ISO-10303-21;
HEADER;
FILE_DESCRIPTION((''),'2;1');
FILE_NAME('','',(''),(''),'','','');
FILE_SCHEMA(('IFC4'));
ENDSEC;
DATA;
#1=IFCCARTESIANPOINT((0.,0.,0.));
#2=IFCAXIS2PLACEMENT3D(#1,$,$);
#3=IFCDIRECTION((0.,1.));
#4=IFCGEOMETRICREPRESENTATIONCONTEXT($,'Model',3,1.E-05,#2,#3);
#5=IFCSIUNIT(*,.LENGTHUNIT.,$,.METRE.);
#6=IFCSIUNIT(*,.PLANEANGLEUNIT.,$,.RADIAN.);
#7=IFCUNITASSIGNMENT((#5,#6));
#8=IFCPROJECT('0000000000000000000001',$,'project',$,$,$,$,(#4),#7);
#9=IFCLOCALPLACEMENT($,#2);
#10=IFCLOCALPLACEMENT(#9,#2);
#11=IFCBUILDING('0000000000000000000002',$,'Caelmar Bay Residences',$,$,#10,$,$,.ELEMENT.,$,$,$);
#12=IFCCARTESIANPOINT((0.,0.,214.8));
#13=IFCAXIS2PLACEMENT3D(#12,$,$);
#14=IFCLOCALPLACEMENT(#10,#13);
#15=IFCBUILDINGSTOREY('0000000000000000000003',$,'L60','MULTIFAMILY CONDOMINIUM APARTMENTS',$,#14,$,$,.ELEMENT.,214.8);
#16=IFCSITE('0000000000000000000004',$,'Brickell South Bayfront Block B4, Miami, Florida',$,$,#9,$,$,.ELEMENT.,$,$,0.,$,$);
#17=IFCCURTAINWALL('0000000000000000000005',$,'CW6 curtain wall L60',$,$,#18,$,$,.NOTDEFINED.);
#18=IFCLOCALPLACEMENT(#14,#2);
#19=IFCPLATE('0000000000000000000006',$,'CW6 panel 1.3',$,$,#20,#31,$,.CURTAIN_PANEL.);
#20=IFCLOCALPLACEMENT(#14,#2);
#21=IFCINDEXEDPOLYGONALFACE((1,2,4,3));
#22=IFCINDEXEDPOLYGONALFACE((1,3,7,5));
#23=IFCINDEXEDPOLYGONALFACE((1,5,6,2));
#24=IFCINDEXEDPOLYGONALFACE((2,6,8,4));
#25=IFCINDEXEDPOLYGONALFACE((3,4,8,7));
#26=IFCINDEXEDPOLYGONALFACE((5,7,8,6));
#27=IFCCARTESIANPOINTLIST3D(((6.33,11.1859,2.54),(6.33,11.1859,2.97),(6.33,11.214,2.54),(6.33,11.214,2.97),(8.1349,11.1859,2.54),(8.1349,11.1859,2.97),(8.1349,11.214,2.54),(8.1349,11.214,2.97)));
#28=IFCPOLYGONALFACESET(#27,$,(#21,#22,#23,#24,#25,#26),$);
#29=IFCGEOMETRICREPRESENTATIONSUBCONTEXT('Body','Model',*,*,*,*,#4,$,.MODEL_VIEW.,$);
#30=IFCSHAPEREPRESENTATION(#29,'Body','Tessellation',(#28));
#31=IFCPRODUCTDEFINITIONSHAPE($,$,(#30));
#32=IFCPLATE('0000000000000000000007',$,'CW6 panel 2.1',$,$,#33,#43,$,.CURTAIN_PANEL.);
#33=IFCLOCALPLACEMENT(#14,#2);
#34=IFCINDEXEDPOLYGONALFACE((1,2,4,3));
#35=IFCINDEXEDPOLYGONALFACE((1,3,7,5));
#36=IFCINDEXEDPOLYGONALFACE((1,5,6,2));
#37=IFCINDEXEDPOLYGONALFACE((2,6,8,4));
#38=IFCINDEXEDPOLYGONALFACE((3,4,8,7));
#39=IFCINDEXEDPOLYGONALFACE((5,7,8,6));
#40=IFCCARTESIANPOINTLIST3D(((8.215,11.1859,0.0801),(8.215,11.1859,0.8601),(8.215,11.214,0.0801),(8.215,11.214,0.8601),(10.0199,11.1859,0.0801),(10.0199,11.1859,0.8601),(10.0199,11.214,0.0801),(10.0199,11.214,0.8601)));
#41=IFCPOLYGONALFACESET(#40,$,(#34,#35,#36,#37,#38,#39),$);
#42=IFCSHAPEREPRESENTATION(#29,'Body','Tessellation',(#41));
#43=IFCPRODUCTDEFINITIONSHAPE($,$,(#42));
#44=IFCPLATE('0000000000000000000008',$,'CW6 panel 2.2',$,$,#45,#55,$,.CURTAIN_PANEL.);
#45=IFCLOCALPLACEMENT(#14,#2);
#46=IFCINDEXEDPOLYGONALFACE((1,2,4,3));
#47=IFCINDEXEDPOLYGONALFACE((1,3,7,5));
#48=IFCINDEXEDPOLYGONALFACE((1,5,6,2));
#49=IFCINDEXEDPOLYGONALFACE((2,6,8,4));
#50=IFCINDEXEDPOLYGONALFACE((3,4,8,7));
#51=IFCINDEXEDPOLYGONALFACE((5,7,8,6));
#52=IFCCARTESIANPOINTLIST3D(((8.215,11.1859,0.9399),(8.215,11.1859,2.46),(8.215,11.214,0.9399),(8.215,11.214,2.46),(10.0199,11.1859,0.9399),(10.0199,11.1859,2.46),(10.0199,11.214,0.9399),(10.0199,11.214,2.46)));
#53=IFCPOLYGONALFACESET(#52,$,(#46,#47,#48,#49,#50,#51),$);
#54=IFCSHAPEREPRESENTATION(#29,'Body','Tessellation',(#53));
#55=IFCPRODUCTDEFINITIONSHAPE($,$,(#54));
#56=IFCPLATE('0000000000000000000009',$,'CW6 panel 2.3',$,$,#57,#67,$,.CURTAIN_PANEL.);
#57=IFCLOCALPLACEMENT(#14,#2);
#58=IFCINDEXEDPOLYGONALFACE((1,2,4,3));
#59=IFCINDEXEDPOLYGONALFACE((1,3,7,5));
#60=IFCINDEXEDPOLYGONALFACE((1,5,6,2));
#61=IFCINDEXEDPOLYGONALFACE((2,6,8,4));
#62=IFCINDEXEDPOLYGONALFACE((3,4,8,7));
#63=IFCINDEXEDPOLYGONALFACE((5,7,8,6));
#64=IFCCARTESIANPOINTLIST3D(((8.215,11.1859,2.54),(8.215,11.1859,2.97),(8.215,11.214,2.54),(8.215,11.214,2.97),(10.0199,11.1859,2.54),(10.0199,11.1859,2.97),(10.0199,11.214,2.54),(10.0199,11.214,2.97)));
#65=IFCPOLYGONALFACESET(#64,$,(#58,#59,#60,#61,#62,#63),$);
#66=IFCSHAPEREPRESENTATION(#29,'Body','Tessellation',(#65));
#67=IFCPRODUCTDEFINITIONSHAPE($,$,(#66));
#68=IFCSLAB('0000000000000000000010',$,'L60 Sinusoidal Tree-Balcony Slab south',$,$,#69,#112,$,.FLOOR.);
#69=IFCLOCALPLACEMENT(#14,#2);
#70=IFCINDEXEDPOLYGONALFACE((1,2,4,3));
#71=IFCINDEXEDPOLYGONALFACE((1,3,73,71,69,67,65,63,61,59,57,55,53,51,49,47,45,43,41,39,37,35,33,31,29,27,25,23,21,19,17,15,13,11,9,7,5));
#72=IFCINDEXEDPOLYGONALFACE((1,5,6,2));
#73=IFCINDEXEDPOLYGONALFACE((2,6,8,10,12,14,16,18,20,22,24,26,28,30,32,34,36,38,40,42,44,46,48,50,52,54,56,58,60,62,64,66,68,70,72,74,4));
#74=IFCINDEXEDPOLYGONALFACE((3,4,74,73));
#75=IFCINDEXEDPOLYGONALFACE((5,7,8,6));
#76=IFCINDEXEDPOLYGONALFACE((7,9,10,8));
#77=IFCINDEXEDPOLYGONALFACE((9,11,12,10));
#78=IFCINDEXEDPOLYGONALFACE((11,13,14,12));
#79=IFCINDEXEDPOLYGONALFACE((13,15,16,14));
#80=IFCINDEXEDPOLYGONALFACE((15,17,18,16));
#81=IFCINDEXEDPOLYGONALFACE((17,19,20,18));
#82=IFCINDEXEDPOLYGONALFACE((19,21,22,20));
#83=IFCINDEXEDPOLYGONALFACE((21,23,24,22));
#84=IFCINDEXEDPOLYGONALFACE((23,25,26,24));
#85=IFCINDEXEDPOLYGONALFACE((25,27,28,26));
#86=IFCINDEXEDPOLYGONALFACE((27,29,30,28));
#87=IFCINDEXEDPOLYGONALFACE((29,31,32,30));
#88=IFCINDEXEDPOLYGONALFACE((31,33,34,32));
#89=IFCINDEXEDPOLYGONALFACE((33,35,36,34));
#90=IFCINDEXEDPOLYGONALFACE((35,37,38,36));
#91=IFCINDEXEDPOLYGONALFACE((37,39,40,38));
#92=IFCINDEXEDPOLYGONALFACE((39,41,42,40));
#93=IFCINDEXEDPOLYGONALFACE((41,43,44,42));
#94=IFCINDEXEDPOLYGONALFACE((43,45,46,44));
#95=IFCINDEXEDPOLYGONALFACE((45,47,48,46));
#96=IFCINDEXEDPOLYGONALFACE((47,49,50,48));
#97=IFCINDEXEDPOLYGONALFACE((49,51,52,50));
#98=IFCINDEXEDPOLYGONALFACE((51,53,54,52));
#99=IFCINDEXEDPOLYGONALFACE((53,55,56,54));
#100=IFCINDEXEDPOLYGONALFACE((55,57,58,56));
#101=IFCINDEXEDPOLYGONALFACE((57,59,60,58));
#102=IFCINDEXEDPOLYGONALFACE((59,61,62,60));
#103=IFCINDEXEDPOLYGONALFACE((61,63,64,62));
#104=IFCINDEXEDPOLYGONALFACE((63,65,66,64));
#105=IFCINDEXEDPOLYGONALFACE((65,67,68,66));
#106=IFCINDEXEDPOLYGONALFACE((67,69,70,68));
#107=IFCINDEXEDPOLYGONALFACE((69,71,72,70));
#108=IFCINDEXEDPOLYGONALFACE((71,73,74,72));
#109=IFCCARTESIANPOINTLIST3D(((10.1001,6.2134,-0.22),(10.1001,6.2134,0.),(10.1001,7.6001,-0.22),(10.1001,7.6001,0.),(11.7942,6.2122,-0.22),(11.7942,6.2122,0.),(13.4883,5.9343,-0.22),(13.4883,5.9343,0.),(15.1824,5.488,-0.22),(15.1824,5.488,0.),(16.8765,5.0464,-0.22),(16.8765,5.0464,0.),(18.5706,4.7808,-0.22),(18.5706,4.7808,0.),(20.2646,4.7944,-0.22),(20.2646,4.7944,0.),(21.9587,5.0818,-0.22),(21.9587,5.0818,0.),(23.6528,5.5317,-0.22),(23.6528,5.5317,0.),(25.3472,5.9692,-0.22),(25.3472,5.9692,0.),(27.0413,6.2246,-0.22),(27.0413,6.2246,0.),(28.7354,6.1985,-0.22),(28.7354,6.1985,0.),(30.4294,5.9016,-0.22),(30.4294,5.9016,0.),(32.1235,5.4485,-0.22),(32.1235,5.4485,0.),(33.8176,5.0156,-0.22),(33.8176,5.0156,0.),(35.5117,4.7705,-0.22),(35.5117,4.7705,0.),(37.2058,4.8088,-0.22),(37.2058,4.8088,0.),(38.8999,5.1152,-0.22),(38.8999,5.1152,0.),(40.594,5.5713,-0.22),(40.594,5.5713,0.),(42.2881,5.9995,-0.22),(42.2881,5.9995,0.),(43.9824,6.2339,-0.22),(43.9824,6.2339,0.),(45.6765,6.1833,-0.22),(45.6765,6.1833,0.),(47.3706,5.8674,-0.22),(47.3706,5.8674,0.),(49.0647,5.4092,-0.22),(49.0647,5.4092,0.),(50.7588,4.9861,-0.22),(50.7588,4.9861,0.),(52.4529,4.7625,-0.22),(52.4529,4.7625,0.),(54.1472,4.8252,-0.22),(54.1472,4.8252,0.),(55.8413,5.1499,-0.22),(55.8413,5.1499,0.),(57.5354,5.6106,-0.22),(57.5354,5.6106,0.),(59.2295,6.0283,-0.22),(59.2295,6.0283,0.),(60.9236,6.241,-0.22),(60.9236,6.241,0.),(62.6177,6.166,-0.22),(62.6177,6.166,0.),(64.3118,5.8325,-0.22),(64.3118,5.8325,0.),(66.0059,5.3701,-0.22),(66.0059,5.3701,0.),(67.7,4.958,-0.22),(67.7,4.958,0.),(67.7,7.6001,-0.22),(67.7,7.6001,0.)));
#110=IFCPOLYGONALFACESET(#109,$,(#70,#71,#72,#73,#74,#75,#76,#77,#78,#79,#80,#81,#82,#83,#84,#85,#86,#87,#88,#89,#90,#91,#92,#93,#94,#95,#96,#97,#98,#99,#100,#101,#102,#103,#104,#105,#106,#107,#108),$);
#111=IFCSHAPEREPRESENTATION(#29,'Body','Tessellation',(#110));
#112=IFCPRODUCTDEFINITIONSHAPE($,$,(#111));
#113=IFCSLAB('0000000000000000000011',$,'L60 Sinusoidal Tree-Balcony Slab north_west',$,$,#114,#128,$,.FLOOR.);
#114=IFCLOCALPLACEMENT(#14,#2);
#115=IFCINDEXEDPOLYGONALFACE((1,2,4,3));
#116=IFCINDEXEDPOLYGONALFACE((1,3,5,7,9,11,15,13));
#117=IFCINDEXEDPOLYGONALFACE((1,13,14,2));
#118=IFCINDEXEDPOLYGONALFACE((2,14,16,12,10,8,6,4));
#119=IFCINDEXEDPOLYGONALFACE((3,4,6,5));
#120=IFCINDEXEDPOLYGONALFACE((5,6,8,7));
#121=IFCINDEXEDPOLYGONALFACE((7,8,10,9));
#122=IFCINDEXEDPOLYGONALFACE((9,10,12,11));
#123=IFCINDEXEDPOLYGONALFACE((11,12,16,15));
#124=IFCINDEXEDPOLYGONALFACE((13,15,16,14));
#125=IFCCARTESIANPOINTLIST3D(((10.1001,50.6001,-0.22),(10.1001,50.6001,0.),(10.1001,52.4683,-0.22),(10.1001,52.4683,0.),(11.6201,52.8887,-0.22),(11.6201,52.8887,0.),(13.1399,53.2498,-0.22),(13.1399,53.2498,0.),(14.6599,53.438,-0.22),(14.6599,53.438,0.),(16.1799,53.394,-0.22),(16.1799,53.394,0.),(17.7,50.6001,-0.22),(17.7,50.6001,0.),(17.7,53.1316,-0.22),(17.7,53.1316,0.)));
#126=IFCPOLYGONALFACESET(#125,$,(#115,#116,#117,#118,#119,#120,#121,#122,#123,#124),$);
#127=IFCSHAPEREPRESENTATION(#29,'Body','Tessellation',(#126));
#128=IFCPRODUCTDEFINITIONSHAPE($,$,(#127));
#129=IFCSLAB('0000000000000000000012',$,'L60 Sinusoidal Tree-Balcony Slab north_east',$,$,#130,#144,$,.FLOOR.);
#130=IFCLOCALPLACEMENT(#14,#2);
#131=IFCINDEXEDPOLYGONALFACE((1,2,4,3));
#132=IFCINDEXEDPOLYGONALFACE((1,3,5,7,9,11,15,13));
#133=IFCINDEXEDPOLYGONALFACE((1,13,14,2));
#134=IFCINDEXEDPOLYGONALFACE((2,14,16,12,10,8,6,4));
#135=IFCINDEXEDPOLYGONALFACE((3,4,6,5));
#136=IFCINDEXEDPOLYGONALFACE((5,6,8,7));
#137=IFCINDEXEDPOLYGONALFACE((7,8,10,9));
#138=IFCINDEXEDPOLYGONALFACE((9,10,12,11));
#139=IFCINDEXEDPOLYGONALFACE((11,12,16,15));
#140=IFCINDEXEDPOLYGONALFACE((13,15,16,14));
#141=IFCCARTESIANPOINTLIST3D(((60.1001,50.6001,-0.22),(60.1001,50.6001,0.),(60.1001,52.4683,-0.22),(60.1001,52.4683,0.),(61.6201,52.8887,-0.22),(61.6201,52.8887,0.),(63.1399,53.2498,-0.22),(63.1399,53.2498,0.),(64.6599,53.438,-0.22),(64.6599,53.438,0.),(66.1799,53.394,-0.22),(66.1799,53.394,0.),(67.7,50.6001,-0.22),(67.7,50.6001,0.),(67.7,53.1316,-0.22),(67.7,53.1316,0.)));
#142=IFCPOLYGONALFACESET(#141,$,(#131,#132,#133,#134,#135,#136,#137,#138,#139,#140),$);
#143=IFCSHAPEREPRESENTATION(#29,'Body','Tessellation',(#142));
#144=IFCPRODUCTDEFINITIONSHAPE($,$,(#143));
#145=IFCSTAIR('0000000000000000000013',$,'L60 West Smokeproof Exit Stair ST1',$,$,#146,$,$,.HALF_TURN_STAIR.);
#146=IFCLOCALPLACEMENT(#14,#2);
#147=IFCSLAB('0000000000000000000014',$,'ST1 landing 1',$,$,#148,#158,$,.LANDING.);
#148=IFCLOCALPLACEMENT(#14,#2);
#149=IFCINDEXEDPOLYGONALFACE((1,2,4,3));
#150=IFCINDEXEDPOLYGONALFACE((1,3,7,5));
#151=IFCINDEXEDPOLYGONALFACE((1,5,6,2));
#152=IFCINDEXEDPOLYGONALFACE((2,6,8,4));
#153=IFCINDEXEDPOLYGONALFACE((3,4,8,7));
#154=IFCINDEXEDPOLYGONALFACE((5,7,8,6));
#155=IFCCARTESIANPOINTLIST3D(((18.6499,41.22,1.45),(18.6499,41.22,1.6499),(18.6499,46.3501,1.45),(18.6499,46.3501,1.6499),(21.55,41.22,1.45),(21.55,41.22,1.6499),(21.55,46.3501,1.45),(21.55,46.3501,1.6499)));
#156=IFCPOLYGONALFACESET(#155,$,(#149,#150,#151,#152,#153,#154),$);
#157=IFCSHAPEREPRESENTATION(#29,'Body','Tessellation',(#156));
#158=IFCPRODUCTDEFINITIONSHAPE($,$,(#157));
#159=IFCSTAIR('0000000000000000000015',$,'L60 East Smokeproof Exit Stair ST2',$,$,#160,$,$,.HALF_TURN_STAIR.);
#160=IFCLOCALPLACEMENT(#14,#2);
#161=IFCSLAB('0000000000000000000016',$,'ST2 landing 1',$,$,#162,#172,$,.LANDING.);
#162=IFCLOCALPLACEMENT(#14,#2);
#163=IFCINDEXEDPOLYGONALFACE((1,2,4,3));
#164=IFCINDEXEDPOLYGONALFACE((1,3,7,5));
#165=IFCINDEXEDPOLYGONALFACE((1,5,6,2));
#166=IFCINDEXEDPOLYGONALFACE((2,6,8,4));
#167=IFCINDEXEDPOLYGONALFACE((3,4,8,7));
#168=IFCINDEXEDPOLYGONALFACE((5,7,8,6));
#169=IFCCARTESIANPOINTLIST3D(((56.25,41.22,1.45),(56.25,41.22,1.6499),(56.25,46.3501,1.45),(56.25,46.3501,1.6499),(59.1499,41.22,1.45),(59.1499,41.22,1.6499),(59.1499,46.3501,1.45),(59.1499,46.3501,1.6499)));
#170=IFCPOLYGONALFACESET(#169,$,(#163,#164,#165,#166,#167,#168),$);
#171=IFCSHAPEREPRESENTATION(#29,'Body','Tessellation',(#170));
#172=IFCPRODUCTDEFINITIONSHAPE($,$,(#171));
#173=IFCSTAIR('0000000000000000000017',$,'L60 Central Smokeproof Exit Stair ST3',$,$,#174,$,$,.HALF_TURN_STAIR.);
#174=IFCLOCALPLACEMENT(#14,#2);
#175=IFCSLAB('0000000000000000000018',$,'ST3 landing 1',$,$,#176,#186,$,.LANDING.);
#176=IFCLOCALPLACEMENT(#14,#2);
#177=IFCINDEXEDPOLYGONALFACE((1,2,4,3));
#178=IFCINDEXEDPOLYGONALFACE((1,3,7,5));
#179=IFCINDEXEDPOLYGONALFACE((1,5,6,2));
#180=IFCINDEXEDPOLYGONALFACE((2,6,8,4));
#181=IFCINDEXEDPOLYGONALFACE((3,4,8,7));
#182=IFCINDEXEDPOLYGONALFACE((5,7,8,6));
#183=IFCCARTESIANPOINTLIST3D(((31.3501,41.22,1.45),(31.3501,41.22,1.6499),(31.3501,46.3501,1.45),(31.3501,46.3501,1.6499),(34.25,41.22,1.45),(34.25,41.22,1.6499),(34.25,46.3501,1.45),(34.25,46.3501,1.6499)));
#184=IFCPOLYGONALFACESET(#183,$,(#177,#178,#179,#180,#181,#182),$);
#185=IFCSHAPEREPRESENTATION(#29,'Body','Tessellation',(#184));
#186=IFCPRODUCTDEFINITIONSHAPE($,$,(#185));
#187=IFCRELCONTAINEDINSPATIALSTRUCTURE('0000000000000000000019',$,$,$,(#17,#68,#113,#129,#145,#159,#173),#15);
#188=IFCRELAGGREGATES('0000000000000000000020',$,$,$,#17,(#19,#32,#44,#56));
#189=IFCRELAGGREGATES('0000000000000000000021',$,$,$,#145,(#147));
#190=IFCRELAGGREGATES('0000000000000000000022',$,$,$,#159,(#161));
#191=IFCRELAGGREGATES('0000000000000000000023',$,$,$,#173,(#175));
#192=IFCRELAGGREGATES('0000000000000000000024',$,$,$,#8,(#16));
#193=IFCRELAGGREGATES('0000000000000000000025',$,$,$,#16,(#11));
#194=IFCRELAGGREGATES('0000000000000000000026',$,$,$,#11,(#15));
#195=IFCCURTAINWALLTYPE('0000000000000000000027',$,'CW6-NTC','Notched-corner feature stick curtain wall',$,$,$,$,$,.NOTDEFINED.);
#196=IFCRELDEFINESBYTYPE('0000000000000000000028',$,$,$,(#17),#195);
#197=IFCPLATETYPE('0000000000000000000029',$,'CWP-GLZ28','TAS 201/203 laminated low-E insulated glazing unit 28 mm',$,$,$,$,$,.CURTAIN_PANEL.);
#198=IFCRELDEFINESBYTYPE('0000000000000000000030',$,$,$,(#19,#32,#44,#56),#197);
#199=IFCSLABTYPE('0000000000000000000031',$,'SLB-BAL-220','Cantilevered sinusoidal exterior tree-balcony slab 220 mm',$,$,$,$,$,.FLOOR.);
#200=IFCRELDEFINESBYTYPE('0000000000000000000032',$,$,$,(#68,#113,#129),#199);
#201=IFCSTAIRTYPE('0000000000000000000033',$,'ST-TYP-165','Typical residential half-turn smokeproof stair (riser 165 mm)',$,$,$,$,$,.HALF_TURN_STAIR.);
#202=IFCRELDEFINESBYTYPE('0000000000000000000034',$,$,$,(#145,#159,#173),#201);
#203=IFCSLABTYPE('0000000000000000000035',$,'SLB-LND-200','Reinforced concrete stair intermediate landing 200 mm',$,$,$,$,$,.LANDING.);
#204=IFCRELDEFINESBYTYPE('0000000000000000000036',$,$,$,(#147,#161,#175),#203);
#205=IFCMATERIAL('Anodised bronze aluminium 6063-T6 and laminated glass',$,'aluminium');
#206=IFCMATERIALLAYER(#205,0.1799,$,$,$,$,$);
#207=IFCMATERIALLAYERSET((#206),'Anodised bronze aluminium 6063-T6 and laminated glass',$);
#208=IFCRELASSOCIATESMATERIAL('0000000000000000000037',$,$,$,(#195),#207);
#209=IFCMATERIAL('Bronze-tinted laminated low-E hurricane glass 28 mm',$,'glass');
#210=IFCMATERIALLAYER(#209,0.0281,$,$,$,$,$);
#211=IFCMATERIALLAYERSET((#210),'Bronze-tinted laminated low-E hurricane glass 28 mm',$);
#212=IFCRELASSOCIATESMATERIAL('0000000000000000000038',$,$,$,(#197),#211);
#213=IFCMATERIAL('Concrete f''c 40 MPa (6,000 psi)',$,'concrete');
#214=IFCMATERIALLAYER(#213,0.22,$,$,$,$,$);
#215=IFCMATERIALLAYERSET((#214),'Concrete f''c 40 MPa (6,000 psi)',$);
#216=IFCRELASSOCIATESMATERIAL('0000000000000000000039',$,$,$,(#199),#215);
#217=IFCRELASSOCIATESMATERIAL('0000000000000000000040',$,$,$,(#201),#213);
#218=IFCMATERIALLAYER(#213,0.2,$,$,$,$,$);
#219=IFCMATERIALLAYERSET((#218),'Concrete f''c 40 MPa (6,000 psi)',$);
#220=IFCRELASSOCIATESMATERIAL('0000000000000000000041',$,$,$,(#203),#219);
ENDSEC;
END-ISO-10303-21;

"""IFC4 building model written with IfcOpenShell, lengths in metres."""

from ifc_helpers import new_model, si_unit, direction, frame, origin, origin_2d, place, context, subcontext, project, spatial, polyline, rectangle, outline, extrude, material, layer, layer_set, type_object, element, aggregate, save


model = new_model("IFC4")

# Units and contexts
model_context = context("Model", 3, precision=1e-05, world=origin(), true_north=direction((0.0, 1.0)))
body_context = subcontext(model_context, "Body", "Model", "MODEL_VIEW")
ifc_project = project(units=[si_unit("LENGTHUNIT", "METRE"), si_unit("PLANEANGLEUNIT", "RADIAN")], contexts=[model_context])

# Site, building, storey
site_placement = place(None, origin())
site = spatial("IfcSite", under=ifc_project, at=site_placement, Name="Brickell South Bayfront Block B4, Miami, Florida", CompositionType="ELEMENT", RefElevation=0.0)
building_placement = place(site_placement, origin())
building = spatial("IfcBuilding", under=site, at=building_placement, Name="Caelmar Bay Residences", CompositionType="ELEMENT")
storey_placement = place(building_placement, frame((0.0, 0.0, 214.8)))
storey = spatial("IfcBuildingStorey", under=building, at=storey_placement, Name="L60", Description="MULTIFAMILY CONDOMINIUM APARTMENTS", CompositionType="ELEMENT", Elevation=214.8)

# Curtain wall
ifc_material_1 = material(Name="Anodised bronze aluminium 6063-T6 and laminated glass", Category="aluminium")
ifc_layer_1 = layer(ifc_material_1, 0.1799)
ifc_layer_set_1 = layer_set([ifc_layer_1], Name="Anodised bronze aluminium 6063-T6 and laminated glass")
curtain_wall_type_1 = type_object("IfcCurtainWallType", Name="CW6-NTC", Description="Notched-corner feature stick curtain wall", PredefinedType="NOTDEFINED", material=ifc_layer_set_1)
curtain_wall_1_placement = place(storey_placement, origin())
curtain_wall_1 = element("IfcCurtainWall", 1, at=curtain_wall_1_placement, inside=storey, type_object=curtain_wall_type_1, Name="CW6 curtain wall L60", PredefinedType="NOTDEFINED")

# Plates
ifc_material_2 = material(Name="Bronze-tinted laminated low-E hurricane glass 28 mm", Category="glass")
ifc_layer_2 = layer(ifc_material_2, 0.0281)
ifc_layer_set_2 = layer_set([ifc_layer_2], Name="Bronze-tinted laminated low-E hurricane glass 28 mm")
plate_type = type_object("IfcPlateType", Name="CWP-GLZ28", Description="TAS 201/203 laminated low-E insulated glazing unit 28 mm", PredefinedType="CURTAIN_PANEL", material=ifc_layer_set_2)
plate_1_placement = place(storey_placement, frame((7.2324, 11.2, 2.54), z_axis=(0.0, 0.0, 1.0), x_axis=(1.0, 0.0, 0.0)))
plate_1 = element("IfcPlate", 2, at=plate_1_placement, type_object=plate_type, Name="CW6 panel 1.3", PredefinedType="CURTAIN_PANEL", context=body_context, shape_type="SweptSolid", body=[
    extrude(rectangle(XDim=1.8049, YDim=0.0281, at=origin_2d()), origin(), (0.0, 0.0, 1.0), 0.4299),
])
plate_2_placement = place(storey_placement, frame((9.1174, 11.2, 0.0801), z_axis=(0.0, 0.0, 1.0), x_axis=(1.0, 0.0, 0.0)))
plate_2 = element("IfcPlate", 3, at=plate_2_placement, type_object=plate_type, Name="CW6 panel 2.1", PredefinedType="CURTAIN_PANEL", context=body_context, shape_type="SweptSolid", body=[
    extrude(rectangle(XDim=1.8049, YDim=0.0281, at=origin_2d()), origin(), (0.0, 0.0, 1.0), 0.78),
])
plate_3_placement = place(storey_placement, frame((9.1174, 11.2, 0.9399), z_axis=(0.0, 0.0, 1.0), x_axis=(1.0, 0.0, 0.0)))
plate_3 = element("IfcPlate", 4, at=plate_3_placement, type_object=plate_type, Name="CW6 panel 2.2", PredefinedType="CURTAIN_PANEL", context=body_context, shape_type="SweptSolid", body=[
    extrude(rectangle(XDim=1.8049, YDim=0.0281, at=origin_2d()), origin(), (0.0, 0.0, 1.0), 1.52),
])
plate_4_placement = place(storey_placement, frame((9.1174, 11.2, 2.54), z_axis=(0.0, 0.0, 1.0), x_axis=(1.0, 0.0, 0.0)))
plate_4 = element("IfcPlate", 5, at=plate_4_placement, type_object=plate_type, Name="CW6 panel 2.3", PredefinedType="CURTAIN_PANEL", context=body_context, shape_type="SweptSolid", body=[
    extrude(rectangle(XDim=1.8049, YDim=0.0281, at=origin_2d()), origin(), (0.0, 0.0, 1.0), 0.4299),
])
aggregate(curtain_wall_1, [plate_1, plate_2, plate_3, plate_4])

# Slabs
ifc_material_3 = material(Name="Concrete f'c 40 MPa (6,000 psi)", Category="concrete")
ifc_layer_3 = layer(ifc_material_3, 0.22)
ifc_layer_set_3 = layer_set([ifc_layer_3], Name="Concrete f'c 40 MPa (6,000 psi)")
slab_type_1 = type_object("IfcSlabType", Name="SLB-BAL-220", Description="Cantilevered sinusoidal exterior tree-balcony slab 220 mm", PredefinedType="FLOOR", material=ifc_layer_set_3)
slab_1_placement = place(storey_placement, frame((0.0, 0.0, -0.22)))
element("IfcSlab", 6, at=slab_1_placement, inside=storey, type_object=slab_type_1, Name="L60 Sinusoidal Tree-Balcony Slab south", PredefinedType="FLOOR", context=body_context, shape_type="SweptSolid", body=[
    extrude(outline(polyline([(10.1001, 6.2134), (11.7942, 6.2122), (13.4883, 5.9343), (15.1824, 5.488), (16.8765, 5.0464), (18.5706, 4.7808), (20.2646, 4.7944), (21.9587, 5.0818), (23.6528, 5.5317), (25.3472, 5.9692), (27.0413, 6.2246), (28.7354, 6.1985), (30.4294, 5.9016), (32.1235, 5.4485), (33.8176, 5.0156), (35.5117, 4.7705), (37.2058, 4.8088), (38.8999, 5.1152), (40.594, 5.5713), (42.2881, 5.9995), (43.9824, 6.2339), (45.6765, 6.1833), (47.3706, 5.8674), (49.0647, 5.4092), (50.7588, 4.9861), (52.4529, 4.7625), (54.1472, 4.8252), (55.8413, 5.1499), (57.5354, 5.6106), (59.2295, 6.0283), (60.9236, 6.241), (62.6177, 6.166), (64.3118, 5.8325), (66.0059, 5.3701), (67.7, 4.958), (67.7, 7.6001), (10.1001, 7.6001), (10.1001, 6.2134)])), origin(), (0.0, 0.0, 1.0), 0.22),
])
slab_2_placement = place(storey_placement, frame((0.0, 0.0, -0.22)))
element("IfcSlab", 7, at=slab_2_placement, inside=storey, type_object=slab_type_1, Name="L60 Sinusoidal Tree-Balcony Slab north_west", PredefinedType="FLOOR", context=body_context, shape_type="SweptSolid", body=[
    extrude(outline(polyline([(10.1001, 50.6001), (17.7, 50.6001), (17.7, 53.1316), (16.1799, 53.394), (14.6599, 53.438), (13.1399, 53.2498), (11.6201, 52.8887), (10.1001, 52.4683), (10.1001, 50.6001)])), origin(), (0.0, 0.0, 1.0), 0.22),
])
slab_3_placement = place(storey_placement, frame((0.0, 0.0, -0.22)))
element("IfcSlab", 8, at=slab_3_placement, inside=storey, type_object=slab_type_1, Name="L60 Sinusoidal Tree-Balcony Slab north_east", PredefinedType="FLOOR", context=body_context, shape_type="SweptSolid", body=[
    extrude(outline(polyline([(60.1001, 50.6001), (67.7, 50.6001), (67.7, 53.1316), (66.1799, 53.394), (64.6599, 53.438), (63.1399, 53.2498), (61.6201, 52.8887), (60.1001, 52.4683), (60.1001, 50.6001)])), origin(), (0.0, 0.0, 1.0), 0.22),
])

# Stairs, slabs
stair_type = type_object("IfcStairType", Name="ST-TYP-165", Description="Typical residential half-turn smokeproof stair (riser 165 mm)", PredefinedType="HALF_TURN_STAIR", material=ifc_material_3)
stair_1_placement = place(storey_placement, origin())
stair_1 = element("IfcStair", 9, at=stair_1_placement, inside=storey, type_object=stair_type, Name="L60 West Smokeproof Exit Stair ST1", PredefinedType="HALF_TURN_STAIR")
ifc_layer_4 = layer(ifc_material_3, 0.2)
ifc_layer_set_4 = layer_set([ifc_layer_4], Name="Concrete f'c 40 MPa (6,000 psi)")
slab_type_2 = type_object("IfcSlabType", Name="SLB-LND-200", Description="Reinforced concrete stair intermediate landing 200 mm", PredefinedType="LANDING", material=ifc_layer_set_4)
slab_4_placement = place(storey_placement, frame((0.0, 0.0, 1.45)))
slab_4 = element("IfcSlab", 10, at=slab_4_placement, type_object=slab_type_2, Name="ST1 landing 1", PredefinedType="LANDING", context=body_context, shape_type="SweptSolid", body=[
    extrude(outline(polyline([(21.55, 41.22), (21.55, 46.3501), (18.6499, 46.3501), (18.6499, 41.22), (21.55, 41.22)])), origin(), (0.0, 0.0, 1.0), 0.2),
])
aggregate(stair_1, [slab_4])
stair_2_placement = place(storey_placement, origin())
stair_2 = element("IfcStair", 11, at=stair_2_placement, inside=storey, type_object=stair_type, Name="L60 East Smokeproof Exit Stair ST2", PredefinedType="HALF_TURN_STAIR")
slab_5_placement = place(storey_placement, frame((0.0, 0.0, 1.45)))
slab_5 = element("IfcSlab", 12, at=slab_5_placement, type_object=slab_type_2, Name="ST2 landing 1", PredefinedType="LANDING", context=body_context, shape_type="SweptSolid", body=[
    extrude(outline(polyline([(59.1499, 41.22), (59.1499, 46.3501), (56.25, 46.3501), (56.25, 41.22), (59.1499, 41.22)])), origin(), (0.0, 0.0, 1.0), 0.2),
])
aggregate(stair_2, [slab_5])
stair_3_placement = place(storey_placement, origin())
stair_3 = element("IfcStair", 13, at=stair_3_placement, inside=storey, type_object=stair_type, Name="L60 Central Smokeproof Exit Stair ST3", PredefinedType="HALF_TURN_STAIR")
slab_6_placement = place(storey_placement, frame((0.0, 0.0, 1.45)))
slab_6 = element("IfcSlab", 14, at=slab_6_placement, type_object=slab_type_2, Name="ST3 landing 1", PredefinedType="LANDING", context=body_context, shape_type="SweptSolid", body=[
    extrude(outline(polyline([(34.25, 41.22), (34.25, 46.3501), (31.3501, 46.3501), (31.3501, 41.22), (34.25, 41.22)])), origin(), (0.0, 0.0, 1.0), 0.2),
])
aggregate(stair_3, [slab_6])

save(model, "model.ifc")
